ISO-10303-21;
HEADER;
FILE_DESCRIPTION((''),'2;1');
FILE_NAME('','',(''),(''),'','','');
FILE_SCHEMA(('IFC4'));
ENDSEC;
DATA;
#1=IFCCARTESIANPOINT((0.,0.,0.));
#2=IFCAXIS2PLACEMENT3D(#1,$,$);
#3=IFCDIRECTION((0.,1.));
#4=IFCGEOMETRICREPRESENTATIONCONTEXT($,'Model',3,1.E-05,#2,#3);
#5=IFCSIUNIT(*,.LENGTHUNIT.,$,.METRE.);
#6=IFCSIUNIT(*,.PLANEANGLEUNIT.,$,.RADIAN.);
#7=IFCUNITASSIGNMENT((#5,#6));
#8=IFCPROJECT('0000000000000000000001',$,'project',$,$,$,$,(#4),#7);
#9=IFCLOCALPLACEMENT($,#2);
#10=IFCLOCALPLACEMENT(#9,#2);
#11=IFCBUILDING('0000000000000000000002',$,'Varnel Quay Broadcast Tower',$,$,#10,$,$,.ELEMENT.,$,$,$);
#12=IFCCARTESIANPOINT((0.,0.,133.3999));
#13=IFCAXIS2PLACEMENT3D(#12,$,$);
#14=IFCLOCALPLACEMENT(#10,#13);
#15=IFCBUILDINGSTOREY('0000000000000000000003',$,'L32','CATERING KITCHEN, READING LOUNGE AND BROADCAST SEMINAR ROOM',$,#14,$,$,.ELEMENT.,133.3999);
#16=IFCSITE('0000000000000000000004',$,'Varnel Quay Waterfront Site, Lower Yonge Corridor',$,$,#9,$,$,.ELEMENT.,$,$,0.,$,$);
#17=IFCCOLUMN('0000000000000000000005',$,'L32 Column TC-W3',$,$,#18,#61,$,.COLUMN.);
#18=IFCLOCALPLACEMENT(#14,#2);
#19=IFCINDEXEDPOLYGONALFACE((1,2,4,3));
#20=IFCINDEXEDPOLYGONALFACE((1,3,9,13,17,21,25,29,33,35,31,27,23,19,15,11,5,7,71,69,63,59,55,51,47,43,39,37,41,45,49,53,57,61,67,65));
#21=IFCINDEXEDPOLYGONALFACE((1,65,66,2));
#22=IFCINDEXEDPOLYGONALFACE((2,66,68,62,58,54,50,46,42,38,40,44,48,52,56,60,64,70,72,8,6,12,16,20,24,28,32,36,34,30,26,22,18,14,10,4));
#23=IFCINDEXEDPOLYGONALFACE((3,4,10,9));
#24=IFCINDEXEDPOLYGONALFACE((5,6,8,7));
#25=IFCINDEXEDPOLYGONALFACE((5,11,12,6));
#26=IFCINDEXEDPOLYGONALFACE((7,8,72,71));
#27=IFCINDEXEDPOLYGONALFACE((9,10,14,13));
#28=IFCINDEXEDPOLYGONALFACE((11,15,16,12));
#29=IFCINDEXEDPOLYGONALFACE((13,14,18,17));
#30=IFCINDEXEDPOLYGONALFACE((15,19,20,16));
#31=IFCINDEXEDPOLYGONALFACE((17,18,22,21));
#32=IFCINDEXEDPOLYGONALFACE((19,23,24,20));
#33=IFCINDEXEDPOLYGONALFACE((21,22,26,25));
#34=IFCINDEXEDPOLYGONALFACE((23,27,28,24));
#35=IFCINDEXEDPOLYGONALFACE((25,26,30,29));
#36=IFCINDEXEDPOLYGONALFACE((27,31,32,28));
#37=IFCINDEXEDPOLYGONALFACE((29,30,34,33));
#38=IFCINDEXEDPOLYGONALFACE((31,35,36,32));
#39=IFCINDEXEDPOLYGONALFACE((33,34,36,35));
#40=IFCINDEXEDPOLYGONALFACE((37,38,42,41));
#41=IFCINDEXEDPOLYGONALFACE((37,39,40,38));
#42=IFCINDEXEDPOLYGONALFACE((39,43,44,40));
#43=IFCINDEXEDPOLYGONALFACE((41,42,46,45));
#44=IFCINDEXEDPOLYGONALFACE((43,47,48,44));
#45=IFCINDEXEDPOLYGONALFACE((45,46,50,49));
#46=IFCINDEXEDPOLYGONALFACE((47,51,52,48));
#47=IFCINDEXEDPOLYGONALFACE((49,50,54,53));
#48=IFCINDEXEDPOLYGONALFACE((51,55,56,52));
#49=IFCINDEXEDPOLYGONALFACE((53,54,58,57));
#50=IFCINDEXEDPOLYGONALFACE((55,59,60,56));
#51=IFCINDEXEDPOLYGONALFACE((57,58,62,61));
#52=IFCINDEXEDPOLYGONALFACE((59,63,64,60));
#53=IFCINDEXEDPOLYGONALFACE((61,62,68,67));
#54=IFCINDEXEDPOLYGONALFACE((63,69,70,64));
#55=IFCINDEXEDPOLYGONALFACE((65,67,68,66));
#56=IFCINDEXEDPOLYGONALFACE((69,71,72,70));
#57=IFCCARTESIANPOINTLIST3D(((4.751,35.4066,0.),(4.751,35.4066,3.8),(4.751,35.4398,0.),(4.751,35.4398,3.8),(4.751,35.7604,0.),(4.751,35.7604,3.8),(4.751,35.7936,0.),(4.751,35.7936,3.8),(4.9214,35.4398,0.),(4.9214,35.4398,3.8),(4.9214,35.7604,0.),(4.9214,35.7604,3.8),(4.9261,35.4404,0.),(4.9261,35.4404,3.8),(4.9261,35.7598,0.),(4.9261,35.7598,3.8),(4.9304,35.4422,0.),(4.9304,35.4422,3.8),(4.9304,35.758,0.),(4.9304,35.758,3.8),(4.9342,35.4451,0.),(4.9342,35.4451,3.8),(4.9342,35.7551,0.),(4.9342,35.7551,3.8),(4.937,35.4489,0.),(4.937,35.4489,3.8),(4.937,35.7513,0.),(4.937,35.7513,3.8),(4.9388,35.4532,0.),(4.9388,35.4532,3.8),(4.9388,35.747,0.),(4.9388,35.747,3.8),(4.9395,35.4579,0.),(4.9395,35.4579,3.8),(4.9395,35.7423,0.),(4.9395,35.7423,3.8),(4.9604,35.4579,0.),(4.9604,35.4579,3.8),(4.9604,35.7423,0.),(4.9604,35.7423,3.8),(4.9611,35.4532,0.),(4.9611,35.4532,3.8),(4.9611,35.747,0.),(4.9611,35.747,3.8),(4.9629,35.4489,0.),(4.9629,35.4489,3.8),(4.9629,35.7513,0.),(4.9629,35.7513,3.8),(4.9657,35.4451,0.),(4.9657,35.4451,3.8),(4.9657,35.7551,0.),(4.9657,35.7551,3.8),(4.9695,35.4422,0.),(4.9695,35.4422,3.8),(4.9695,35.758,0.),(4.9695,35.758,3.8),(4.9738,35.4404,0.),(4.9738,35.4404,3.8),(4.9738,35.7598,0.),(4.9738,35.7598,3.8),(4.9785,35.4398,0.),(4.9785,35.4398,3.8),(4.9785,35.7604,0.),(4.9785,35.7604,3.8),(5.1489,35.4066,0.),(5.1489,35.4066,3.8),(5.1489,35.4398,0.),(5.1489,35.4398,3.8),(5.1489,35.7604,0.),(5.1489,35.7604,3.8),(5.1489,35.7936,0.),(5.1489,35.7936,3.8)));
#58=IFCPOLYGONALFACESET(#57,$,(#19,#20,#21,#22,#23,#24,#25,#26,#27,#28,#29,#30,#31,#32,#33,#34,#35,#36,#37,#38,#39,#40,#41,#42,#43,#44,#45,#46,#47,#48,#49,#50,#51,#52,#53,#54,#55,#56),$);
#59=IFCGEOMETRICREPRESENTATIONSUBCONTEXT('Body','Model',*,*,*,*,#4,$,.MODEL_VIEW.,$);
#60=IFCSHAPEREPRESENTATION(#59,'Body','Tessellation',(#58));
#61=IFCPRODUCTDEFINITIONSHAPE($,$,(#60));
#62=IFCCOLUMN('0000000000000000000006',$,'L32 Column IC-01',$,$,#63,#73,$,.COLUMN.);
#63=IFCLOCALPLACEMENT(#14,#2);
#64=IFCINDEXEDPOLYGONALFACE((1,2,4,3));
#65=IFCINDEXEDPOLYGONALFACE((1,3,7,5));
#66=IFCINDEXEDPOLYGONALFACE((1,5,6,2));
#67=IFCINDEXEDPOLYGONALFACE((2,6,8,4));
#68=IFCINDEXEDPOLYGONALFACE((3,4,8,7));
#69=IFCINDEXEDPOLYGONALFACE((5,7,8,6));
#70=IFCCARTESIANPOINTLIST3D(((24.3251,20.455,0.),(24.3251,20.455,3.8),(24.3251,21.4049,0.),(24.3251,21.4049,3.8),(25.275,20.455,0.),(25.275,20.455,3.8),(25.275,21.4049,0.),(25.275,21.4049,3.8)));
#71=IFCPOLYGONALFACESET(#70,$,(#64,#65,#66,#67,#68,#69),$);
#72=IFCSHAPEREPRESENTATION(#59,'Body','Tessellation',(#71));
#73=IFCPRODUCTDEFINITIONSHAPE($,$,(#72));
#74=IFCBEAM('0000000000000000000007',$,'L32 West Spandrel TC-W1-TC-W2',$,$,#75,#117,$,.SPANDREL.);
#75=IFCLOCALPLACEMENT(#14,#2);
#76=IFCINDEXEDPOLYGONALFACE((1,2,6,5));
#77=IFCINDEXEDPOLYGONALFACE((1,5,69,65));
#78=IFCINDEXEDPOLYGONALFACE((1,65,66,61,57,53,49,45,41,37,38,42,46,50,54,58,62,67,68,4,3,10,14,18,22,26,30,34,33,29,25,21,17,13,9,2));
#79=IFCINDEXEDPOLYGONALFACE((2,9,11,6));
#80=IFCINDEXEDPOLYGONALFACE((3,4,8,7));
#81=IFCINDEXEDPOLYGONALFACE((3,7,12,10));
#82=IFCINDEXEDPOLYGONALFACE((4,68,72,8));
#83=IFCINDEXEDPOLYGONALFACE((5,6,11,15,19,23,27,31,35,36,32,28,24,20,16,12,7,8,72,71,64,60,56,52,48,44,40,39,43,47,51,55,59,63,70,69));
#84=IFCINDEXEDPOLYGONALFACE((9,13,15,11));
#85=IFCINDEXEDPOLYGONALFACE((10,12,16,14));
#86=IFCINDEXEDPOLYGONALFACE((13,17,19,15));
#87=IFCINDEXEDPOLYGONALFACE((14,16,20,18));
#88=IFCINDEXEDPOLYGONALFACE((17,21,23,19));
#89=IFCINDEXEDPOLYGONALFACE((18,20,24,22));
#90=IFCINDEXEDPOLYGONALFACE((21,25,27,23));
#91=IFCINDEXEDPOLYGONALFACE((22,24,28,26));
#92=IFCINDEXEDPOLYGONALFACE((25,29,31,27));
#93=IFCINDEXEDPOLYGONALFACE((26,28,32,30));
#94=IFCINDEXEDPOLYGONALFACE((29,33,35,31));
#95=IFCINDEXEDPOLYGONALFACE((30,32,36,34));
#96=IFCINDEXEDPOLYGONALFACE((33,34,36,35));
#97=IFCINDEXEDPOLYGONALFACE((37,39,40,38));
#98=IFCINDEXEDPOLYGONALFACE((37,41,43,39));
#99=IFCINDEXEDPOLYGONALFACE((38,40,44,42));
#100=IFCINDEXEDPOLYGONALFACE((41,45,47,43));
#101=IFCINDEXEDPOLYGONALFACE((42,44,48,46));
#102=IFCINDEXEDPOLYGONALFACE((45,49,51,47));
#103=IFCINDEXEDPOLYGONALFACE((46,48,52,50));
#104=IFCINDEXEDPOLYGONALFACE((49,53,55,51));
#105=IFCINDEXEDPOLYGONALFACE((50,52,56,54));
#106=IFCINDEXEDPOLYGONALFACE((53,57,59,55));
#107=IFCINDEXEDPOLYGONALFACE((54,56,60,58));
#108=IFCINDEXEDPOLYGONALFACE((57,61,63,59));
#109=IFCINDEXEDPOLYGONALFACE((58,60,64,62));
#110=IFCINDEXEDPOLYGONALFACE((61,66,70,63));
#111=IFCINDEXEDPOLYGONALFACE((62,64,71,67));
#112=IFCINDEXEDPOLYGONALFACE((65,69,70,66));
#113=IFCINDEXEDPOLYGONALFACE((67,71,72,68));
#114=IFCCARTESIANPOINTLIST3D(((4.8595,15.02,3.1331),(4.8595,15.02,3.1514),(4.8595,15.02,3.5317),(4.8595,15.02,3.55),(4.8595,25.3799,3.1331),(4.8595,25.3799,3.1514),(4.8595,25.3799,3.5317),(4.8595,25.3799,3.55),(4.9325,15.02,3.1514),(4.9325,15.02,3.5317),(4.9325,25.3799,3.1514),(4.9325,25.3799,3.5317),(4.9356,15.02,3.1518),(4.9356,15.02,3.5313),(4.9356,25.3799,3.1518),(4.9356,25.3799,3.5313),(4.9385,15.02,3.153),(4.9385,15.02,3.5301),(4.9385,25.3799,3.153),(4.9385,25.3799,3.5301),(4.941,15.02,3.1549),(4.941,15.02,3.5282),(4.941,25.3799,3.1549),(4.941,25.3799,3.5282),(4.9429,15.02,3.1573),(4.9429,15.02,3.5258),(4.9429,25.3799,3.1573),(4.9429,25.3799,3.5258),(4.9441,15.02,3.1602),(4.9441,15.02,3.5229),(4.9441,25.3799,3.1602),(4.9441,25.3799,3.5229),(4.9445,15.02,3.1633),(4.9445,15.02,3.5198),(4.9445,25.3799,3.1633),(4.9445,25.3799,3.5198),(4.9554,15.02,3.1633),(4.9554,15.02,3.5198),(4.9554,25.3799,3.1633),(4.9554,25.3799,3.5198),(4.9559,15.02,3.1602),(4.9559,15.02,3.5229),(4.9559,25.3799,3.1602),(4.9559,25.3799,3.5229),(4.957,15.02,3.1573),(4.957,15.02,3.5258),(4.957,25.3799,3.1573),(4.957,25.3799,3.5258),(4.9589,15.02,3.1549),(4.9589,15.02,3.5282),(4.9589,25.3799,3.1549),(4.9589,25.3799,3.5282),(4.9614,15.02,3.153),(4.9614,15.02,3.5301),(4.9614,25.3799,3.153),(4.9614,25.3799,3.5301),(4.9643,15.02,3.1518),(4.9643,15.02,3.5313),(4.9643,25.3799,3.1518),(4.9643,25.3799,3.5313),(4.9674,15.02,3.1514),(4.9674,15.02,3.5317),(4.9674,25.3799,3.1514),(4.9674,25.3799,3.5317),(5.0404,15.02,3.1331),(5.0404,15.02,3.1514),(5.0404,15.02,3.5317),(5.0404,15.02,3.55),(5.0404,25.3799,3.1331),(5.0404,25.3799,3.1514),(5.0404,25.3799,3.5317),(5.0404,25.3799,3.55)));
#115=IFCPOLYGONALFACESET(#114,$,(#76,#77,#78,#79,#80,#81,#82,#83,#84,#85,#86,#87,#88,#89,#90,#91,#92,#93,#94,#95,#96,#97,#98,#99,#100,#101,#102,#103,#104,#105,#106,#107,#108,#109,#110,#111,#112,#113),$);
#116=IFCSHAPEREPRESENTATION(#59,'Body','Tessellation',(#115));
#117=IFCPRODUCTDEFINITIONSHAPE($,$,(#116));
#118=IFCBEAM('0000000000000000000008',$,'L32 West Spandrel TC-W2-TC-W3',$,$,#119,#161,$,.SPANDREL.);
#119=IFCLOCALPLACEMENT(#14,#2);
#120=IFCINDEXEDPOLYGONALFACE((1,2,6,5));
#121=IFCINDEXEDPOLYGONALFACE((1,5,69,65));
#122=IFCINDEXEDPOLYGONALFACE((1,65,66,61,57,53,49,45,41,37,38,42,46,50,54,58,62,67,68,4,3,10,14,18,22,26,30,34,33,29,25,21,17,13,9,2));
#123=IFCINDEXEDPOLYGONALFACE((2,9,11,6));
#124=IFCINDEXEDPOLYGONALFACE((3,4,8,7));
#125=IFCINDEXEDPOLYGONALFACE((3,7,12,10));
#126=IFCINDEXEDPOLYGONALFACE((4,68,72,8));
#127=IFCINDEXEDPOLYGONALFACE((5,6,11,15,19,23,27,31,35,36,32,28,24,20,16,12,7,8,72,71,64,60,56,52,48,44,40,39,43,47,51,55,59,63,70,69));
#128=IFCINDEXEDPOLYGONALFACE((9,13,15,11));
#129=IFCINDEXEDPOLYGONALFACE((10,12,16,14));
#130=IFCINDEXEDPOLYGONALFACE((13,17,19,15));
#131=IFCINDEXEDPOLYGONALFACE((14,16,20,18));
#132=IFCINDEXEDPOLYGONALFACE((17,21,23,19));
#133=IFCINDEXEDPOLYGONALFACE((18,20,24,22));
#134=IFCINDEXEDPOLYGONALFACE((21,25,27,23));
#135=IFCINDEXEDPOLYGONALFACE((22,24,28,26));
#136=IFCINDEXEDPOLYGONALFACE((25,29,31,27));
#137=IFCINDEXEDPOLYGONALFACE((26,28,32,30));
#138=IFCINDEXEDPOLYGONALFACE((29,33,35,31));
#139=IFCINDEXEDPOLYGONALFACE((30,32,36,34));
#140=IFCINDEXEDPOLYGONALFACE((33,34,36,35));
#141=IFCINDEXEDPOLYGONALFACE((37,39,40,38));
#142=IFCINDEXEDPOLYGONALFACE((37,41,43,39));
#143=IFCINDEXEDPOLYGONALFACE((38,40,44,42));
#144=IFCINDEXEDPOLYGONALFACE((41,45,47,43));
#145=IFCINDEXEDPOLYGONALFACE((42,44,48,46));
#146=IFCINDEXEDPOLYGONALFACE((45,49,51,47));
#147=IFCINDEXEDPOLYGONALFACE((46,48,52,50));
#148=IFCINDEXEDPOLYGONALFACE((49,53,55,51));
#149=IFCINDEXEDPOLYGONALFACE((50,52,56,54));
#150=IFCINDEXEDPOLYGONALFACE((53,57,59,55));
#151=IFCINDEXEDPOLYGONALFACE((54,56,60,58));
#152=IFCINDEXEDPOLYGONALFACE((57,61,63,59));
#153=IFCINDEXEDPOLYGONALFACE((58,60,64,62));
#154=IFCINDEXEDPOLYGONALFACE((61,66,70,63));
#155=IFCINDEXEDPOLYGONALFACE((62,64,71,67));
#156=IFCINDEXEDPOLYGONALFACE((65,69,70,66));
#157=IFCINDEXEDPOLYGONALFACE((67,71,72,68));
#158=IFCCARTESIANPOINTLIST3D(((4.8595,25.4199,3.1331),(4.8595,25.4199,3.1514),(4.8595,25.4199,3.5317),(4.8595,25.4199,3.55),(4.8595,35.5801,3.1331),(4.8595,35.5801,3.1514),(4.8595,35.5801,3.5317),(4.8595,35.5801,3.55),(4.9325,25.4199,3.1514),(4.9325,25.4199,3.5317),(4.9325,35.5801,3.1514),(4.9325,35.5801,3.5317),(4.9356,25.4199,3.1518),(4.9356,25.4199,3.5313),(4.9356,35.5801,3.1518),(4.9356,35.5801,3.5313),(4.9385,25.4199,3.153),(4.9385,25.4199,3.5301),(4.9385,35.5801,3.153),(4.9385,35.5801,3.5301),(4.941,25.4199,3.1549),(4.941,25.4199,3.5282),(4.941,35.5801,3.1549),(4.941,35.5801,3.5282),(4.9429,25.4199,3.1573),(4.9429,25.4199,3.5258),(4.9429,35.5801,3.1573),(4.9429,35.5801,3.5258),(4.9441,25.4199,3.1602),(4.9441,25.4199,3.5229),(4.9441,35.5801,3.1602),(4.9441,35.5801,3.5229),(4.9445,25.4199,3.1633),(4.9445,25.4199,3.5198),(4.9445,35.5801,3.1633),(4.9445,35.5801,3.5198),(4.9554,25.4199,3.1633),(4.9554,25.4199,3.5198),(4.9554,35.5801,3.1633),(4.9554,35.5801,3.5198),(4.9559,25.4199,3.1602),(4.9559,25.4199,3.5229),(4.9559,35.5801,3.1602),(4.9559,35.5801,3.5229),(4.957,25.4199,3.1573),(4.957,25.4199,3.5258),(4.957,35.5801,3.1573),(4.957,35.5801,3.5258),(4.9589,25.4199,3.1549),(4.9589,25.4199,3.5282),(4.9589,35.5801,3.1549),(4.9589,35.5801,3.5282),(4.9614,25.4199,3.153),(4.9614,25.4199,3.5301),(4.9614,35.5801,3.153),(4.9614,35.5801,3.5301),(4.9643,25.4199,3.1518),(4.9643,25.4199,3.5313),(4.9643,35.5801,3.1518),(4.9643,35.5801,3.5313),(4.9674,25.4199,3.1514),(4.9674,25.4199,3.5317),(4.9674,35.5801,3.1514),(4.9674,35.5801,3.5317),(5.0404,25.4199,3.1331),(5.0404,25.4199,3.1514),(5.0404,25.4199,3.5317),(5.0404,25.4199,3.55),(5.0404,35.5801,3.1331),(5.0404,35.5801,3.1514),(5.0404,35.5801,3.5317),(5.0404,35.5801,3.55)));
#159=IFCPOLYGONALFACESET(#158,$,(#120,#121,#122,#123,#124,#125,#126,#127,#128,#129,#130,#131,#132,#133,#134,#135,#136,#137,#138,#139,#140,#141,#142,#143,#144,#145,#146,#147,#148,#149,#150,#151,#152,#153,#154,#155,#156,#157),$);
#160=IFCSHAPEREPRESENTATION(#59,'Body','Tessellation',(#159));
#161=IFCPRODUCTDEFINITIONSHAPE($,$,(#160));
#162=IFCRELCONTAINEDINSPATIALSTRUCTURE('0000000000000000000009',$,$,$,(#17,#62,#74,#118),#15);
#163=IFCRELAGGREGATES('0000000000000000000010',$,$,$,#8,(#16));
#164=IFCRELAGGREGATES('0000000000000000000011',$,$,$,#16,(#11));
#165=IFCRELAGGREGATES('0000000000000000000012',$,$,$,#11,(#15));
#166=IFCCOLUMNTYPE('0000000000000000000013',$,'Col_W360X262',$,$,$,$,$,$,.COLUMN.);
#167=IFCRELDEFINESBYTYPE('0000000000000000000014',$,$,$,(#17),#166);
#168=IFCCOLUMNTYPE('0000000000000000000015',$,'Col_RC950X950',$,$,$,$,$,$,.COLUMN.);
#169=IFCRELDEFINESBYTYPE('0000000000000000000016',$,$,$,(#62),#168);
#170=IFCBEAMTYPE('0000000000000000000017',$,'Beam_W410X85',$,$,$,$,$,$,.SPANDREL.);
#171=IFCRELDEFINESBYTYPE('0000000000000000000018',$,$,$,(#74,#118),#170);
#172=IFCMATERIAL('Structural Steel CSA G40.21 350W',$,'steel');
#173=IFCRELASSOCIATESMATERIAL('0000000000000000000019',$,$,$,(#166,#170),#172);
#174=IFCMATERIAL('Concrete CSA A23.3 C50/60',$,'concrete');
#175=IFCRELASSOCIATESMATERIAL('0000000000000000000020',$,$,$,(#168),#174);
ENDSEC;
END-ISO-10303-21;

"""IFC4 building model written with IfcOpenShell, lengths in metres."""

from ifc_helpers import new_model, si_unit, direction, frame, origin, origin_2d, place, context, subcontext, project, spatial, rectangle, i_section, extrude, source, transform, mapped, material, material_profile, profile_set, type_object, type_shapes, element, save


model = new_model("IFC4")

# Units and contexts
model_context = context("Model", 3, precision=1e-05, world=origin(), true_north=direction((0.0, 1.0)))
body_context = subcontext(model_context, "Body", "Model", "MODEL_VIEW")
ifc_project = project(units=[si_unit("LENGTHUNIT", "METRE"), si_unit("PLANEANGLEUNIT", "RADIAN")], contexts=[model_context])

# Site, building, storey
site_placement = place(None, origin())
site = spatial("IfcSite", under=ifc_project, at=site_placement, Name="Varnel Quay Waterfront Site, Lower Yonge Corridor", CompositionType="ELEMENT", RefElevation=0.0)
building_placement = place(site_placement, origin())
building = spatial("IfcBuilding", under=site, at=building_placement, Name="Varnel Quay Broadcast Tower", CompositionType="ELEMENT")
storey_placement = place(building_placement, frame((0.0, 0.0, 133.3999)))
storey = spatial("IfcBuildingStorey", under=building, at=storey_placement, Name="L32", Description="CATERING KITCHEN, READING LOUNGE AND BROADCAST SEMINAR ROOM", CompositionType="ELEMENT", Elevation=133.3999)

# Columns
ifc_material_1 = material(Name="Structural Steel CSA G40.21 350W", Category="steel")
ifc_material_profile_1 = material_profile(ifc_material_1, i_section(OverallWidth=0.3979, OverallDepth=0.387, WebThickness=0.021, FlangeThickness=0.0332, FilletRadius=0.0181, at=origin_2d()), Name="W360X262")
ifc_profile_set_1 = profile_set([ifc_material_profile_1], Name="Structural Steel CSA G40.21 350W")
column_type_1 = type_object("IfcColumnType", Name="Col_W360X262", PredefinedType="COLUMN", material=ifc_profile_set_1)
shared_shape_1 = source(origin(), body_context, "Body", "SweptSolid", [
    extrude(i_section(OverallWidth=0.3979, OverallDepth=0.387, WebThickness=0.021, FlangeThickness=0.0332, FilletRadius=0.0181, at=origin_2d()), origin(), (0.0, 0.0, 1.0), 3.8),
])
type_shapes(column_type_1, [shared_shape_1])
for number, where, z_axis, x_axis, name in (
    (1, (4.95, 35.6001, 0.0), (0.0, 0.0, 1.0), (1.0, 0.0, 0.0), "L32 Column TC-W3"),
):
    element("IfcColumn", number, at=place(storey_placement, frame(where, z_axis=z_axis, x_axis=x_axis)), inside=storey, type_object=column_type_1, Name=name, PredefinedType="COLUMN", context=body_context, shape_type="MappedRepresentation", body=[
        mapped(shared_shape_1, transform((0.0, 0.0, 0.0), x_axis=(1.0, 0.0, 0.0), y_axis=(0.0, 1.0, 0.0), z_axis=(0.0, 0.0, 1.0), scale=1.0)),
    ])
ifc_material_2 = material(Name="Concrete CSA A23.3 C50/60", Category="concrete")
ifc_material_profile_2 = material_profile(ifc_material_2, rectangle(XDim=0.95, YDim=0.95, at=origin_2d()), Name="RC950X950")
ifc_profile_set_2 = profile_set([ifc_material_profile_2], Name="Concrete CSA A23.3 C50/60")
column_type_2 = type_object("IfcColumnType", Name="Col_RC950X950", PredefinedType="COLUMN", material=ifc_profile_set_2)
shared_shape_2 = source(origin(), body_context, "Body", "SweptSolid", [
    extrude(rectangle(XDim=0.95, YDim=0.95, at=origin_2d()), origin(), (0.0, 0.0, 1.0), 3.8),
])
type_shapes(column_type_2, [shared_shape_2])
column_placement = place(storey_placement, frame((24.8, 20.9299, 0.0), z_axis=(0.0, 0.0, 1.0), x_axis=(1.0, 0.0, 0.0)))
element("IfcColumn", 2, at=column_placement, inside=storey, type_object=column_type_2, Name="L32 Column IC-01", PredefinedType="COLUMN", context=body_context, shape_type="MappedRepresentation", body=[
    mapped(shared_shape_2, transform((0.0, 0.0, 0.0), x_axis=(1.0, 0.0, 0.0), y_axis=(0.0, 1.0, 0.0), z_axis=(0.0, 0.0, 1.0), scale=1.0)),
])

# Beams
ifc_material_profile_3 = material_profile(ifc_material_1, i_section(OverallWidth=0.1809, OverallDepth=0.417, WebThickness=0.011, FlangeThickness=0.0183, FilletRadius=0.012, at=origin_2d()), Name="W410X85")
ifc_profile_set_3 = profile_set([ifc_material_profile_3], Name="Structural Steel CSA G40.21 350W")
beam_type_1 = type_object("IfcBeamType", Name="Beam_W410X85", PredefinedType="SPANDREL", material=ifc_profile_set_3)
shared_shape_3 = source(origin(), body_context, "Body", "SweptSolid", [
    extrude(i_section(OverallWidth=0.1809, OverallDepth=0.417, WebThickness=0.011, FlangeThickness=0.0183, FilletRadius=0.012, at=origin_2d()), origin(), (0.0, 0.0, 1.0), 10.3599),
])
beam_1_placement = place(storey_placement, frame((4.95, 15.02, 3.3416), z_axis=(0.0, 1.0, 0.0), x_axis=(-1.0, 0.0, 0.0)))
element("IfcBeam", 3, at=beam_1_placement, inside=storey, type_object=beam_type_1, Name="L32 West Spandrel TC-W1-TC-W2", PredefinedType="SPANDREL", context=body_context, shape_type="MappedRepresentation", body=[
    mapped(shared_shape_3, transform((0.0, 0.0, 0.0), x_axis=(1.0, 0.0, 0.0), y_axis=(0.0, 1.0, 0.0), z_axis=(0.0, 0.0, 1.0), scale=1.0)),
])
shared_shape_4 = source(origin(), body_context, "Body", "SweptSolid", [
    extrude(i_section(OverallWidth=0.1809, OverallDepth=0.417, WebThickness=0.011, FlangeThickness=0.0183, FilletRadius=0.012, at=origin_2d()), origin(), (0.0, 0.0, 1.0), 10.1602),
])
type_shapes(beam_type_1, [shared_shape_3, shared_shape_4])
beam_2_placement = place(storey_placement, frame((4.95, 25.4199, 3.3416), z_axis=(0.0, 1.0, 0.0), x_axis=(-1.0, 0.0, 0.0)))
element("IfcBeam", 4, at=beam_2_placement, inside=storey, type_object=beam_type_1, Name="L32 West Spandrel TC-W2-TC-W3", PredefinedType="SPANDREL", context=body_context, shape_type="MappedRepresentation", body=[
    mapped(shared_shape_4, transform((0.0, 0.0, 0.0), x_axis=(1.0, 0.0, 0.0), y_axis=(0.0, 1.0, 0.0), z_axis=(0.0, 0.0, 1.0), scale=1.0)),
])

save(model, "model.ifc")
